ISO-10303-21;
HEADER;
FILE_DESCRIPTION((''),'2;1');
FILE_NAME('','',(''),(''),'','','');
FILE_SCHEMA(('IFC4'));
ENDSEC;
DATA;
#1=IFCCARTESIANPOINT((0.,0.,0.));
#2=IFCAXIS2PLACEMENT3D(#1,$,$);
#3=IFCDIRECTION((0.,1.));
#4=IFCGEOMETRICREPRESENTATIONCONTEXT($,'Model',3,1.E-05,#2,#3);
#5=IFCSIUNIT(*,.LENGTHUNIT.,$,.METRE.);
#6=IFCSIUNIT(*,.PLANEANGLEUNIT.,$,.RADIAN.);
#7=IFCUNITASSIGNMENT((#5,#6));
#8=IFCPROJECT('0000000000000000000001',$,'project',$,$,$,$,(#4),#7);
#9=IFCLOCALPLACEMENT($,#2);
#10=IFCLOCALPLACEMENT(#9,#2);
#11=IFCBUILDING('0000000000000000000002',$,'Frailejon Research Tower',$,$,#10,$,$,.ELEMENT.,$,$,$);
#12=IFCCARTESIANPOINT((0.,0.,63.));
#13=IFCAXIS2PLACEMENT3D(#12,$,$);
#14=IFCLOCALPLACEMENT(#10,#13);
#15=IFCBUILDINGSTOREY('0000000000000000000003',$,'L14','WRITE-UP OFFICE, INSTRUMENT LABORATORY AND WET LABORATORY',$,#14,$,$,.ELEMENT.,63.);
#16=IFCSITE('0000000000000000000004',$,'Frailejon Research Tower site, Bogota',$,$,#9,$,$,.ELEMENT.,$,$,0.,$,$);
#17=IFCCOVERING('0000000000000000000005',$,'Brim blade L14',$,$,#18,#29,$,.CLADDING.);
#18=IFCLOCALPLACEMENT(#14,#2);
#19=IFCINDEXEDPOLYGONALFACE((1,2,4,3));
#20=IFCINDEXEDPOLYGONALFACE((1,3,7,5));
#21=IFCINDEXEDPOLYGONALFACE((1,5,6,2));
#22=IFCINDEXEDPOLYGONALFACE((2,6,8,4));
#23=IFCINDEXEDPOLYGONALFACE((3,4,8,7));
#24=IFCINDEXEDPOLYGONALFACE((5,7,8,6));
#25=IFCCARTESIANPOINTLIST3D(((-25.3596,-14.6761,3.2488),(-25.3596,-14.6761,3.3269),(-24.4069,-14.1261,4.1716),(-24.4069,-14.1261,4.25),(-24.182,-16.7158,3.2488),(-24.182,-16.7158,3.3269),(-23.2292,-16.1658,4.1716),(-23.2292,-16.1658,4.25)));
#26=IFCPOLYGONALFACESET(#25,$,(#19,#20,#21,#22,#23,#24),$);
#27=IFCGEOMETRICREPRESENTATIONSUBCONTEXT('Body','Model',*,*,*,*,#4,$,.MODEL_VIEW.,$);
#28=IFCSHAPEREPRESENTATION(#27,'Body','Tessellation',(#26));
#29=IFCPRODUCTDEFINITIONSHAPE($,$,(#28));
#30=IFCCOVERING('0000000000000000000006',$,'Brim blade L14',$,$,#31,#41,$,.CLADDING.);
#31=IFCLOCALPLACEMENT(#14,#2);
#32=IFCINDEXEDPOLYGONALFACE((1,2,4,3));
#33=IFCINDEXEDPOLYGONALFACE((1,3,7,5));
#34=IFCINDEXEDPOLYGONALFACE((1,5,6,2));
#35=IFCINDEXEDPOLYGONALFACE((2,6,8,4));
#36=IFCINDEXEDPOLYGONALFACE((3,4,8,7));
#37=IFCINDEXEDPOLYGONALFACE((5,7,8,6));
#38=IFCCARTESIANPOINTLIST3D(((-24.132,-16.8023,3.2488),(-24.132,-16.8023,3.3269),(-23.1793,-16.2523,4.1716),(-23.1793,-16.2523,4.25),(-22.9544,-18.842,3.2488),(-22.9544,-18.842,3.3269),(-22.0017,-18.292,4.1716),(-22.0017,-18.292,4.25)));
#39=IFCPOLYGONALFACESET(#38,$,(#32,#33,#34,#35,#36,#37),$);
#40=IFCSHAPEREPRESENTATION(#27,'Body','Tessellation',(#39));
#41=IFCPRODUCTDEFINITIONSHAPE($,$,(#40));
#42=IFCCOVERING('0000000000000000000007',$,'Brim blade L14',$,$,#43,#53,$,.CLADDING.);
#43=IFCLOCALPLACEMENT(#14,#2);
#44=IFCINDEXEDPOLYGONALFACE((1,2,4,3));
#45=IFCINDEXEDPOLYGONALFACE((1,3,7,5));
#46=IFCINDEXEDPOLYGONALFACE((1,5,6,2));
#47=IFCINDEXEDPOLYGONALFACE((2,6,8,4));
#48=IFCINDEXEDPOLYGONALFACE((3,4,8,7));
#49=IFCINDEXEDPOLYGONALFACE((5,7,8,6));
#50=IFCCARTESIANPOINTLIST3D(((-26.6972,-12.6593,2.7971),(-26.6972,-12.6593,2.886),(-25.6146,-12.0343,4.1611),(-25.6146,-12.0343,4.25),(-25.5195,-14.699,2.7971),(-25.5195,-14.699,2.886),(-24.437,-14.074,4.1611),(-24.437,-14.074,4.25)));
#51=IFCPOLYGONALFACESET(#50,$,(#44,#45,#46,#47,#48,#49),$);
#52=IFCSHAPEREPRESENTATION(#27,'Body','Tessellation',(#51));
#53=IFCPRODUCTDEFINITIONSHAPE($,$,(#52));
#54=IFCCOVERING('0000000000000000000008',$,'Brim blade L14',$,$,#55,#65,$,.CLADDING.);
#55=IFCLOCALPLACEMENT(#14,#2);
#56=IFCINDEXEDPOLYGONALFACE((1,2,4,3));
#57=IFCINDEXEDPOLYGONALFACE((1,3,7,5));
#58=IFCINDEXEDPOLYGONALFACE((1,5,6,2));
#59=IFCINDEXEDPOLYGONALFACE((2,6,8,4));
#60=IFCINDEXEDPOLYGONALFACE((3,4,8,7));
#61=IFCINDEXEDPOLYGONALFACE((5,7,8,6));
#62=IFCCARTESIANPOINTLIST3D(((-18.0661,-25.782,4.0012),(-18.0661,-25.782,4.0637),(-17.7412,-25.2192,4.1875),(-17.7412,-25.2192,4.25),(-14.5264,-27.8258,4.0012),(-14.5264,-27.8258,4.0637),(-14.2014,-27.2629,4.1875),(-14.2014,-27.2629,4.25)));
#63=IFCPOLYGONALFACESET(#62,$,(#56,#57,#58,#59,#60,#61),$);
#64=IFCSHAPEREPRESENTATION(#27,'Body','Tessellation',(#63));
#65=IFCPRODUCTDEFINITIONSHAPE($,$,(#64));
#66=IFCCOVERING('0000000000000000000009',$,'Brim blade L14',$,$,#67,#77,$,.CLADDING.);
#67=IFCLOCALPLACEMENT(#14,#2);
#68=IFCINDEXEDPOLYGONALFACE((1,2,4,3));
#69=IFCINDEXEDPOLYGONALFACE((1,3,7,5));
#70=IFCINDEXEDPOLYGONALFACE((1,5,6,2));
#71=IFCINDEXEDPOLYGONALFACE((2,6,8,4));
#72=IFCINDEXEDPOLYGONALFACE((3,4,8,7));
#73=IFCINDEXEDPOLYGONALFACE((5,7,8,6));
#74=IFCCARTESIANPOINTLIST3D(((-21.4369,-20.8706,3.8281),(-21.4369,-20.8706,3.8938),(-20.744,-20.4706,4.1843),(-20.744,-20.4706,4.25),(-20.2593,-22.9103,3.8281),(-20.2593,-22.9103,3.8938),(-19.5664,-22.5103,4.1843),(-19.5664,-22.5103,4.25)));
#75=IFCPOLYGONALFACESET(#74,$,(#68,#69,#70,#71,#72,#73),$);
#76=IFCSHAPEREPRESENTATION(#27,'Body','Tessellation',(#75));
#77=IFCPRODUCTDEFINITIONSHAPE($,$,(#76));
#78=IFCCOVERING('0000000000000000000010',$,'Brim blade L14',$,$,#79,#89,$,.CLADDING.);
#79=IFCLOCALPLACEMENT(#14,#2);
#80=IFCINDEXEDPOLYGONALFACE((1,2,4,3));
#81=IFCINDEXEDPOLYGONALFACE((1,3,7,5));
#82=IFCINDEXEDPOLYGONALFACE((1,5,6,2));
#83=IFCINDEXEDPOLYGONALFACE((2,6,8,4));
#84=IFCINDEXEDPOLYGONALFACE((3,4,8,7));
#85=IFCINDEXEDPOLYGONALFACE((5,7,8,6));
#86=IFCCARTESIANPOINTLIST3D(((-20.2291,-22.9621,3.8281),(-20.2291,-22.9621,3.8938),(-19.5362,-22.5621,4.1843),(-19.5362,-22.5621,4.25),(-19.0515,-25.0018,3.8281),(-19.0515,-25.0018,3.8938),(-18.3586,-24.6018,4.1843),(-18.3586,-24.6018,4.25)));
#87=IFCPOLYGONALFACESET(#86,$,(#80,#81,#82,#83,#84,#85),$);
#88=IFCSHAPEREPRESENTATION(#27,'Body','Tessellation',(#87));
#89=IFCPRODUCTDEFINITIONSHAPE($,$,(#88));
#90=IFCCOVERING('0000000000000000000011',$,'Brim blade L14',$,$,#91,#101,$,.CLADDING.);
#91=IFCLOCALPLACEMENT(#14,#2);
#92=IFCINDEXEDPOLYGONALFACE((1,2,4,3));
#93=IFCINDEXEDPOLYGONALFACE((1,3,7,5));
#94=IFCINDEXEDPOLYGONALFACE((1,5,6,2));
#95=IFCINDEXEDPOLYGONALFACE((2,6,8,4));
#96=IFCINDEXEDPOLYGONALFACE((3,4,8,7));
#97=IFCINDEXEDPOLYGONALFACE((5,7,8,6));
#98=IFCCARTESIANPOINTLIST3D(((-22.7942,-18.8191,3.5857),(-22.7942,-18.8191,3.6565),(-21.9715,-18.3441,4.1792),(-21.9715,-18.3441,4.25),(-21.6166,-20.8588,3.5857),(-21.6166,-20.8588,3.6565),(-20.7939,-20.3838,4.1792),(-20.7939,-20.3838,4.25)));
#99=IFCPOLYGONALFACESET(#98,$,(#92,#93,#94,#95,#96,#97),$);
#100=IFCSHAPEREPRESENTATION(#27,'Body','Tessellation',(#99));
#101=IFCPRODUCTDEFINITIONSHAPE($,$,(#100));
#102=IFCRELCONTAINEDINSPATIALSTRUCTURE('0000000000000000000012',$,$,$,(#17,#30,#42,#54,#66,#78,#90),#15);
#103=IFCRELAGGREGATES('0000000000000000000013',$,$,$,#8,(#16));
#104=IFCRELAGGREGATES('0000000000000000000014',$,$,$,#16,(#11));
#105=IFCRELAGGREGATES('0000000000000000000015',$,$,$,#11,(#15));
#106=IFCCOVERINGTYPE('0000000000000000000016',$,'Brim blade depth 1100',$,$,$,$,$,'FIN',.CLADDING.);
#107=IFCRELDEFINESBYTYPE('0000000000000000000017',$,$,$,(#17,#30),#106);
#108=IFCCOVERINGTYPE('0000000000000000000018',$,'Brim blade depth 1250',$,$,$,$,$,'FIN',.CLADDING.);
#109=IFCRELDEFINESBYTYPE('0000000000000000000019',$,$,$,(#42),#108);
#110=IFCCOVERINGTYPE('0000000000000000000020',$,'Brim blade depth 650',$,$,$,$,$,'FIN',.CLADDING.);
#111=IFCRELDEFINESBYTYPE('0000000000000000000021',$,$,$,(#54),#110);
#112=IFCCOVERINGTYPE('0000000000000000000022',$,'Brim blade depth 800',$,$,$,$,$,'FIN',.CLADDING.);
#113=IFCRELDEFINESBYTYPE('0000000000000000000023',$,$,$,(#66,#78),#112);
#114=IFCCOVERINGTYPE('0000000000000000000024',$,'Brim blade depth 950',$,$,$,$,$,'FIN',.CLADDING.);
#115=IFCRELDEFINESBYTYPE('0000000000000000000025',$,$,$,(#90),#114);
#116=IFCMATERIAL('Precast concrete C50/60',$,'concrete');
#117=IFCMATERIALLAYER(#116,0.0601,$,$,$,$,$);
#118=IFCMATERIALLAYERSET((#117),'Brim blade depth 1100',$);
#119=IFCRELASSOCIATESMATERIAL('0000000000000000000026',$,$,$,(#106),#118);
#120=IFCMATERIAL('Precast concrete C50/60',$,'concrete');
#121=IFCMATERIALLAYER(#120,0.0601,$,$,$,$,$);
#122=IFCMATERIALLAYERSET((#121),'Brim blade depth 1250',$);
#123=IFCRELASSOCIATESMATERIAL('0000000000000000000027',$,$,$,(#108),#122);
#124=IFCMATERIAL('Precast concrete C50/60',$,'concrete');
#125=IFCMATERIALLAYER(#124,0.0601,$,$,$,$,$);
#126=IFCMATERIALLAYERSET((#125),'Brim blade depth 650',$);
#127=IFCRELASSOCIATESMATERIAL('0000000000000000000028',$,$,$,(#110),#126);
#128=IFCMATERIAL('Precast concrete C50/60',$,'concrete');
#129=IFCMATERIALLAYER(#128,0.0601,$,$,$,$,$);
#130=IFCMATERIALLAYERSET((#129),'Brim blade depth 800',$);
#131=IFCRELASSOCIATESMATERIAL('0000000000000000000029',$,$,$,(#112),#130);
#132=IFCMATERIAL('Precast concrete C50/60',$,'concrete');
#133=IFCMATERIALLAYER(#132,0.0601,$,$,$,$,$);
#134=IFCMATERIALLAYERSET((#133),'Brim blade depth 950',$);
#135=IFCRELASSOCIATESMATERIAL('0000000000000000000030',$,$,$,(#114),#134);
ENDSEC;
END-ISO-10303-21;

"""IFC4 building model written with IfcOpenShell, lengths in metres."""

from ifc_helpers import new_model, si_unit, direction, frame, origin, place, context, subcontext, project, spatial, polyline, outline, extrude, material, layer, layer_set, type_object, element, save


model = new_model("IFC4")

# Units and contexts
model_context = context("Model", 3, precision=1e-05, world=origin(), true_north=direction((0.0, 1.0)))
body_context = subcontext(model_context, "Body", "Model", "MODEL_VIEW")
ifc_project = project(units=[si_unit("LENGTHUNIT", "METRE"), si_unit("PLANEANGLEUNIT", "RADIAN")], contexts=[model_context])

# Site, building, storey
site_placement = place(None, origin())
site = spatial("IfcSite", under=ifc_project, at=site_placement, Name="Frailejon Research Tower site, Bogota", CompositionType="ELEMENT", RefElevation=0.0)
building_placement = place(site_placement, origin())
building = spatial("IfcBuilding", under=site, at=building_placement, Name="Frailejon Research Tower", CompositionType="ELEMENT")
storey_placement = place(building_placement, frame((0.0, 0.0, 63.0)))
storey = spatial("IfcBuildingStorey", under=building, at=storey_placement, Name="L14", Description="WRITE-UP OFFICE, INSTRUMENT LABORATORY AND WET LABORATORY", CompositionType="ELEMENT", Elevation=63.0)

# Coverings
ifc_material_1 = material(Name="Precast concrete C50/60", Category="concrete")
ifc_layer_1 = layer(ifc_material_1, 0.0601)
ifc_layer_set_1 = layer_set([ifc_layer_1], Name="Brim blade depth 1100")
covering_type_1 = type_object("IfcCoveringType", Name="Brim blade depth 1100", ElementType="FIN", PredefinedType="CLADDING", material=ifc_layer_set_1)
for number, where, z_axis, x_axis, name in (
    (1, (-23.2292, -16.1658, 4.25), (-0.500006, 0.866022, 0.0), (-0.866022, -0.500006, 0.0), "Brim blade L14"),
    (2, (-22.0017, -18.292, 4.25), (-0.499997, 0.866027, 0.0), (-0.866027, -0.499997, 0.0), "Brim blade L14"),
):
    element("IfcCovering", number, at=place(storey_placement, frame(where, z_axis=z_axis, x_axis=x_axis)), inside=storey, type_object=covering_type_1, Name=name, PredefinedType="CLADDING", context=body_context, shape_type="SweptSolid", body=[
        extrude(outline(polyline([(0.0, -0.0784), (1.1001, -1.0012), (1.1001, -0.9231), (0.0, 0.0), (0.0, -0.0784)])), origin(), (0.0, 0.0, 1.0), 2.3552),
    ])
ifc_material_2 = material(Name="Precast concrete C50/60", Category="concrete")
ifc_layer_2 = layer(ifc_material_2, 0.0601)
ifc_layer_set_2 = layer_set([ifc_layer_2], Name="Brim blade depth 1250")
covering_type_2 = type_object("IfcCoveringType", Name="Brim blade depth 1250", ElementType="FIN", PredefinedType="CLADDING", material=ifc_layer_set_2)
covering_1_placement = place(storey_placement, frame((-24.437, -14.074, 4.25), z_axis=(-0.500006, 0.866022, 0.0), x_axis=(-0.866022, -0.500006, 0.0)))
element("IfcCovering", 3, at=covering_1_placement, inside=storey, type_object=covering_type_2, Name="Brim blade L14", PredefinedType="CLADDING", context=body_context, shape_type="SweptSolid", body=[
    extrude(outline(polyline([(0.0, -0.0889), (1.25, -1.4529), (1.25, -1.364), (0.0, 0.0), (0.0, -0.0889)])), origin(), (0.0, 0.0, 1.0), 2.3552),
])
ifc_material_3 = material(Name="Precast concrete C50/60", Category="concrete")
ifc_layer_3 = layer(ifc_material_3, 0.0601)
ifc_layer_set_3 = layer_set([ifc_layer_3], Name="Brim blade depth 650")
covering_type_3 = type_object("IfcCoveringType", Name="Brim blade depth 650", ElementType="FIN", PredefinedType="CLADDING", material=ifc_layer_set_3)
covering_2_placement = place(storey_placement, frame((-14.2014, -27.2629, 4.25), z_axis=(-0.866021, 0.500007, 0.0), x_axis=(-0.500007, -0.866021, 0.0)))
element("IfcCovering", 4, at=covering_2_placement, inside=storey, type_object=covering_type_3, Name="Brim blade L14", PredefinedType="CLADDING", context=body_context, shape_type="SweptSolid", body=[
    extrude(outline(polyline([(0.0, -0.0625), (0.6499, -0.2488), (0.6499, -0.1863), (0.0, 0.0), (0.0, -0.0625)])), origin(), (0.0, 0.0, 1.0), 4.0874),
])
ifc_material_4 = material(Name="Precast concrete C50/60", Category="concrete")
ifc_layer_4 = layer(ifc_material_4, 0.0601)
ifc_layer_set_4 = layer_set([ifc_layer_4], Name="Brim blade depth 800")
covering_type_4 = type_object("IfcCoveringType", Name="Brim blade depth 800", ElementType="FIN", PredefinedType="CLADDING", material=ifc_layer_set_4)
for number, where, z_axis, x_axis, name in (
    (5, (-19.5664, -22.5103, 4.25), (-0.499997, 0.866027, 0.0), (-0.866027, -0.499997, 0.0), "Brim blade L14"),
    (6, (-18.3586, -24.6018, 4.25), (-0.499997, 0.866027, 0.0), (-0.866027, -0.499997, 0.0), "Brim blade L14"),
):
    element("IfcCovering", number, at=place(storey_placement, frame(where, z_axis=z_axis, x_axis=x_axis)), inside=storey, type_object=covering_type_4, Name=name, PredefinedType="CLADDING", context=body_context, shape_type="SweptSolid", body=[
        extrude(outline(polyline([(0.0, -0.0657), (0.8, -0.4219), (0.8, -0.3562), (0.0, 0.0), (0.0, -0.0657)])), origin(), (0.0, 0.0, 1.0), 2.3552),
    ])
ifc_material_5 = material(Name="Precast concrete C50/60", Category="concrete")
ifc_layer_5 = layer(ifc_material_5, 0.0601)
ifc_layer_set_5 = layer_set([ifc_layer_5], Name="Brim blade depth 950")
covering_type_5 = type_object("IfcCoveringType", Name="Brim blade depth 950", ElementType="FIN", PredefinedType="CLADDING", material=ifc_layer_set_5)
covering_3_placement = place(storey_placement, frame((-20.7939, -20.3838, 4.25), z_axis=(-0.499997, 0.866027, 0.0), x_axis=(-0.866027, -0.499997, 0.0)))
element("IfcCovering", 7, at=covering_3_placement, inside=storey, type_object=covering_type_5, Name="Brim blade L14", PredefinedType="CLADDING", context=body_context, shape_type="SweptSolid", body=[
    extrude(outline(polyline([(0.0, -0.0708), (0.95, -0.6643), (0.95, -0.5935), (0.0, 0.0), (0.0, -0.0708)])), origin(), (0.0, 0.0, 1.0), 2.3552),
])

save(model, "model.ifc")
